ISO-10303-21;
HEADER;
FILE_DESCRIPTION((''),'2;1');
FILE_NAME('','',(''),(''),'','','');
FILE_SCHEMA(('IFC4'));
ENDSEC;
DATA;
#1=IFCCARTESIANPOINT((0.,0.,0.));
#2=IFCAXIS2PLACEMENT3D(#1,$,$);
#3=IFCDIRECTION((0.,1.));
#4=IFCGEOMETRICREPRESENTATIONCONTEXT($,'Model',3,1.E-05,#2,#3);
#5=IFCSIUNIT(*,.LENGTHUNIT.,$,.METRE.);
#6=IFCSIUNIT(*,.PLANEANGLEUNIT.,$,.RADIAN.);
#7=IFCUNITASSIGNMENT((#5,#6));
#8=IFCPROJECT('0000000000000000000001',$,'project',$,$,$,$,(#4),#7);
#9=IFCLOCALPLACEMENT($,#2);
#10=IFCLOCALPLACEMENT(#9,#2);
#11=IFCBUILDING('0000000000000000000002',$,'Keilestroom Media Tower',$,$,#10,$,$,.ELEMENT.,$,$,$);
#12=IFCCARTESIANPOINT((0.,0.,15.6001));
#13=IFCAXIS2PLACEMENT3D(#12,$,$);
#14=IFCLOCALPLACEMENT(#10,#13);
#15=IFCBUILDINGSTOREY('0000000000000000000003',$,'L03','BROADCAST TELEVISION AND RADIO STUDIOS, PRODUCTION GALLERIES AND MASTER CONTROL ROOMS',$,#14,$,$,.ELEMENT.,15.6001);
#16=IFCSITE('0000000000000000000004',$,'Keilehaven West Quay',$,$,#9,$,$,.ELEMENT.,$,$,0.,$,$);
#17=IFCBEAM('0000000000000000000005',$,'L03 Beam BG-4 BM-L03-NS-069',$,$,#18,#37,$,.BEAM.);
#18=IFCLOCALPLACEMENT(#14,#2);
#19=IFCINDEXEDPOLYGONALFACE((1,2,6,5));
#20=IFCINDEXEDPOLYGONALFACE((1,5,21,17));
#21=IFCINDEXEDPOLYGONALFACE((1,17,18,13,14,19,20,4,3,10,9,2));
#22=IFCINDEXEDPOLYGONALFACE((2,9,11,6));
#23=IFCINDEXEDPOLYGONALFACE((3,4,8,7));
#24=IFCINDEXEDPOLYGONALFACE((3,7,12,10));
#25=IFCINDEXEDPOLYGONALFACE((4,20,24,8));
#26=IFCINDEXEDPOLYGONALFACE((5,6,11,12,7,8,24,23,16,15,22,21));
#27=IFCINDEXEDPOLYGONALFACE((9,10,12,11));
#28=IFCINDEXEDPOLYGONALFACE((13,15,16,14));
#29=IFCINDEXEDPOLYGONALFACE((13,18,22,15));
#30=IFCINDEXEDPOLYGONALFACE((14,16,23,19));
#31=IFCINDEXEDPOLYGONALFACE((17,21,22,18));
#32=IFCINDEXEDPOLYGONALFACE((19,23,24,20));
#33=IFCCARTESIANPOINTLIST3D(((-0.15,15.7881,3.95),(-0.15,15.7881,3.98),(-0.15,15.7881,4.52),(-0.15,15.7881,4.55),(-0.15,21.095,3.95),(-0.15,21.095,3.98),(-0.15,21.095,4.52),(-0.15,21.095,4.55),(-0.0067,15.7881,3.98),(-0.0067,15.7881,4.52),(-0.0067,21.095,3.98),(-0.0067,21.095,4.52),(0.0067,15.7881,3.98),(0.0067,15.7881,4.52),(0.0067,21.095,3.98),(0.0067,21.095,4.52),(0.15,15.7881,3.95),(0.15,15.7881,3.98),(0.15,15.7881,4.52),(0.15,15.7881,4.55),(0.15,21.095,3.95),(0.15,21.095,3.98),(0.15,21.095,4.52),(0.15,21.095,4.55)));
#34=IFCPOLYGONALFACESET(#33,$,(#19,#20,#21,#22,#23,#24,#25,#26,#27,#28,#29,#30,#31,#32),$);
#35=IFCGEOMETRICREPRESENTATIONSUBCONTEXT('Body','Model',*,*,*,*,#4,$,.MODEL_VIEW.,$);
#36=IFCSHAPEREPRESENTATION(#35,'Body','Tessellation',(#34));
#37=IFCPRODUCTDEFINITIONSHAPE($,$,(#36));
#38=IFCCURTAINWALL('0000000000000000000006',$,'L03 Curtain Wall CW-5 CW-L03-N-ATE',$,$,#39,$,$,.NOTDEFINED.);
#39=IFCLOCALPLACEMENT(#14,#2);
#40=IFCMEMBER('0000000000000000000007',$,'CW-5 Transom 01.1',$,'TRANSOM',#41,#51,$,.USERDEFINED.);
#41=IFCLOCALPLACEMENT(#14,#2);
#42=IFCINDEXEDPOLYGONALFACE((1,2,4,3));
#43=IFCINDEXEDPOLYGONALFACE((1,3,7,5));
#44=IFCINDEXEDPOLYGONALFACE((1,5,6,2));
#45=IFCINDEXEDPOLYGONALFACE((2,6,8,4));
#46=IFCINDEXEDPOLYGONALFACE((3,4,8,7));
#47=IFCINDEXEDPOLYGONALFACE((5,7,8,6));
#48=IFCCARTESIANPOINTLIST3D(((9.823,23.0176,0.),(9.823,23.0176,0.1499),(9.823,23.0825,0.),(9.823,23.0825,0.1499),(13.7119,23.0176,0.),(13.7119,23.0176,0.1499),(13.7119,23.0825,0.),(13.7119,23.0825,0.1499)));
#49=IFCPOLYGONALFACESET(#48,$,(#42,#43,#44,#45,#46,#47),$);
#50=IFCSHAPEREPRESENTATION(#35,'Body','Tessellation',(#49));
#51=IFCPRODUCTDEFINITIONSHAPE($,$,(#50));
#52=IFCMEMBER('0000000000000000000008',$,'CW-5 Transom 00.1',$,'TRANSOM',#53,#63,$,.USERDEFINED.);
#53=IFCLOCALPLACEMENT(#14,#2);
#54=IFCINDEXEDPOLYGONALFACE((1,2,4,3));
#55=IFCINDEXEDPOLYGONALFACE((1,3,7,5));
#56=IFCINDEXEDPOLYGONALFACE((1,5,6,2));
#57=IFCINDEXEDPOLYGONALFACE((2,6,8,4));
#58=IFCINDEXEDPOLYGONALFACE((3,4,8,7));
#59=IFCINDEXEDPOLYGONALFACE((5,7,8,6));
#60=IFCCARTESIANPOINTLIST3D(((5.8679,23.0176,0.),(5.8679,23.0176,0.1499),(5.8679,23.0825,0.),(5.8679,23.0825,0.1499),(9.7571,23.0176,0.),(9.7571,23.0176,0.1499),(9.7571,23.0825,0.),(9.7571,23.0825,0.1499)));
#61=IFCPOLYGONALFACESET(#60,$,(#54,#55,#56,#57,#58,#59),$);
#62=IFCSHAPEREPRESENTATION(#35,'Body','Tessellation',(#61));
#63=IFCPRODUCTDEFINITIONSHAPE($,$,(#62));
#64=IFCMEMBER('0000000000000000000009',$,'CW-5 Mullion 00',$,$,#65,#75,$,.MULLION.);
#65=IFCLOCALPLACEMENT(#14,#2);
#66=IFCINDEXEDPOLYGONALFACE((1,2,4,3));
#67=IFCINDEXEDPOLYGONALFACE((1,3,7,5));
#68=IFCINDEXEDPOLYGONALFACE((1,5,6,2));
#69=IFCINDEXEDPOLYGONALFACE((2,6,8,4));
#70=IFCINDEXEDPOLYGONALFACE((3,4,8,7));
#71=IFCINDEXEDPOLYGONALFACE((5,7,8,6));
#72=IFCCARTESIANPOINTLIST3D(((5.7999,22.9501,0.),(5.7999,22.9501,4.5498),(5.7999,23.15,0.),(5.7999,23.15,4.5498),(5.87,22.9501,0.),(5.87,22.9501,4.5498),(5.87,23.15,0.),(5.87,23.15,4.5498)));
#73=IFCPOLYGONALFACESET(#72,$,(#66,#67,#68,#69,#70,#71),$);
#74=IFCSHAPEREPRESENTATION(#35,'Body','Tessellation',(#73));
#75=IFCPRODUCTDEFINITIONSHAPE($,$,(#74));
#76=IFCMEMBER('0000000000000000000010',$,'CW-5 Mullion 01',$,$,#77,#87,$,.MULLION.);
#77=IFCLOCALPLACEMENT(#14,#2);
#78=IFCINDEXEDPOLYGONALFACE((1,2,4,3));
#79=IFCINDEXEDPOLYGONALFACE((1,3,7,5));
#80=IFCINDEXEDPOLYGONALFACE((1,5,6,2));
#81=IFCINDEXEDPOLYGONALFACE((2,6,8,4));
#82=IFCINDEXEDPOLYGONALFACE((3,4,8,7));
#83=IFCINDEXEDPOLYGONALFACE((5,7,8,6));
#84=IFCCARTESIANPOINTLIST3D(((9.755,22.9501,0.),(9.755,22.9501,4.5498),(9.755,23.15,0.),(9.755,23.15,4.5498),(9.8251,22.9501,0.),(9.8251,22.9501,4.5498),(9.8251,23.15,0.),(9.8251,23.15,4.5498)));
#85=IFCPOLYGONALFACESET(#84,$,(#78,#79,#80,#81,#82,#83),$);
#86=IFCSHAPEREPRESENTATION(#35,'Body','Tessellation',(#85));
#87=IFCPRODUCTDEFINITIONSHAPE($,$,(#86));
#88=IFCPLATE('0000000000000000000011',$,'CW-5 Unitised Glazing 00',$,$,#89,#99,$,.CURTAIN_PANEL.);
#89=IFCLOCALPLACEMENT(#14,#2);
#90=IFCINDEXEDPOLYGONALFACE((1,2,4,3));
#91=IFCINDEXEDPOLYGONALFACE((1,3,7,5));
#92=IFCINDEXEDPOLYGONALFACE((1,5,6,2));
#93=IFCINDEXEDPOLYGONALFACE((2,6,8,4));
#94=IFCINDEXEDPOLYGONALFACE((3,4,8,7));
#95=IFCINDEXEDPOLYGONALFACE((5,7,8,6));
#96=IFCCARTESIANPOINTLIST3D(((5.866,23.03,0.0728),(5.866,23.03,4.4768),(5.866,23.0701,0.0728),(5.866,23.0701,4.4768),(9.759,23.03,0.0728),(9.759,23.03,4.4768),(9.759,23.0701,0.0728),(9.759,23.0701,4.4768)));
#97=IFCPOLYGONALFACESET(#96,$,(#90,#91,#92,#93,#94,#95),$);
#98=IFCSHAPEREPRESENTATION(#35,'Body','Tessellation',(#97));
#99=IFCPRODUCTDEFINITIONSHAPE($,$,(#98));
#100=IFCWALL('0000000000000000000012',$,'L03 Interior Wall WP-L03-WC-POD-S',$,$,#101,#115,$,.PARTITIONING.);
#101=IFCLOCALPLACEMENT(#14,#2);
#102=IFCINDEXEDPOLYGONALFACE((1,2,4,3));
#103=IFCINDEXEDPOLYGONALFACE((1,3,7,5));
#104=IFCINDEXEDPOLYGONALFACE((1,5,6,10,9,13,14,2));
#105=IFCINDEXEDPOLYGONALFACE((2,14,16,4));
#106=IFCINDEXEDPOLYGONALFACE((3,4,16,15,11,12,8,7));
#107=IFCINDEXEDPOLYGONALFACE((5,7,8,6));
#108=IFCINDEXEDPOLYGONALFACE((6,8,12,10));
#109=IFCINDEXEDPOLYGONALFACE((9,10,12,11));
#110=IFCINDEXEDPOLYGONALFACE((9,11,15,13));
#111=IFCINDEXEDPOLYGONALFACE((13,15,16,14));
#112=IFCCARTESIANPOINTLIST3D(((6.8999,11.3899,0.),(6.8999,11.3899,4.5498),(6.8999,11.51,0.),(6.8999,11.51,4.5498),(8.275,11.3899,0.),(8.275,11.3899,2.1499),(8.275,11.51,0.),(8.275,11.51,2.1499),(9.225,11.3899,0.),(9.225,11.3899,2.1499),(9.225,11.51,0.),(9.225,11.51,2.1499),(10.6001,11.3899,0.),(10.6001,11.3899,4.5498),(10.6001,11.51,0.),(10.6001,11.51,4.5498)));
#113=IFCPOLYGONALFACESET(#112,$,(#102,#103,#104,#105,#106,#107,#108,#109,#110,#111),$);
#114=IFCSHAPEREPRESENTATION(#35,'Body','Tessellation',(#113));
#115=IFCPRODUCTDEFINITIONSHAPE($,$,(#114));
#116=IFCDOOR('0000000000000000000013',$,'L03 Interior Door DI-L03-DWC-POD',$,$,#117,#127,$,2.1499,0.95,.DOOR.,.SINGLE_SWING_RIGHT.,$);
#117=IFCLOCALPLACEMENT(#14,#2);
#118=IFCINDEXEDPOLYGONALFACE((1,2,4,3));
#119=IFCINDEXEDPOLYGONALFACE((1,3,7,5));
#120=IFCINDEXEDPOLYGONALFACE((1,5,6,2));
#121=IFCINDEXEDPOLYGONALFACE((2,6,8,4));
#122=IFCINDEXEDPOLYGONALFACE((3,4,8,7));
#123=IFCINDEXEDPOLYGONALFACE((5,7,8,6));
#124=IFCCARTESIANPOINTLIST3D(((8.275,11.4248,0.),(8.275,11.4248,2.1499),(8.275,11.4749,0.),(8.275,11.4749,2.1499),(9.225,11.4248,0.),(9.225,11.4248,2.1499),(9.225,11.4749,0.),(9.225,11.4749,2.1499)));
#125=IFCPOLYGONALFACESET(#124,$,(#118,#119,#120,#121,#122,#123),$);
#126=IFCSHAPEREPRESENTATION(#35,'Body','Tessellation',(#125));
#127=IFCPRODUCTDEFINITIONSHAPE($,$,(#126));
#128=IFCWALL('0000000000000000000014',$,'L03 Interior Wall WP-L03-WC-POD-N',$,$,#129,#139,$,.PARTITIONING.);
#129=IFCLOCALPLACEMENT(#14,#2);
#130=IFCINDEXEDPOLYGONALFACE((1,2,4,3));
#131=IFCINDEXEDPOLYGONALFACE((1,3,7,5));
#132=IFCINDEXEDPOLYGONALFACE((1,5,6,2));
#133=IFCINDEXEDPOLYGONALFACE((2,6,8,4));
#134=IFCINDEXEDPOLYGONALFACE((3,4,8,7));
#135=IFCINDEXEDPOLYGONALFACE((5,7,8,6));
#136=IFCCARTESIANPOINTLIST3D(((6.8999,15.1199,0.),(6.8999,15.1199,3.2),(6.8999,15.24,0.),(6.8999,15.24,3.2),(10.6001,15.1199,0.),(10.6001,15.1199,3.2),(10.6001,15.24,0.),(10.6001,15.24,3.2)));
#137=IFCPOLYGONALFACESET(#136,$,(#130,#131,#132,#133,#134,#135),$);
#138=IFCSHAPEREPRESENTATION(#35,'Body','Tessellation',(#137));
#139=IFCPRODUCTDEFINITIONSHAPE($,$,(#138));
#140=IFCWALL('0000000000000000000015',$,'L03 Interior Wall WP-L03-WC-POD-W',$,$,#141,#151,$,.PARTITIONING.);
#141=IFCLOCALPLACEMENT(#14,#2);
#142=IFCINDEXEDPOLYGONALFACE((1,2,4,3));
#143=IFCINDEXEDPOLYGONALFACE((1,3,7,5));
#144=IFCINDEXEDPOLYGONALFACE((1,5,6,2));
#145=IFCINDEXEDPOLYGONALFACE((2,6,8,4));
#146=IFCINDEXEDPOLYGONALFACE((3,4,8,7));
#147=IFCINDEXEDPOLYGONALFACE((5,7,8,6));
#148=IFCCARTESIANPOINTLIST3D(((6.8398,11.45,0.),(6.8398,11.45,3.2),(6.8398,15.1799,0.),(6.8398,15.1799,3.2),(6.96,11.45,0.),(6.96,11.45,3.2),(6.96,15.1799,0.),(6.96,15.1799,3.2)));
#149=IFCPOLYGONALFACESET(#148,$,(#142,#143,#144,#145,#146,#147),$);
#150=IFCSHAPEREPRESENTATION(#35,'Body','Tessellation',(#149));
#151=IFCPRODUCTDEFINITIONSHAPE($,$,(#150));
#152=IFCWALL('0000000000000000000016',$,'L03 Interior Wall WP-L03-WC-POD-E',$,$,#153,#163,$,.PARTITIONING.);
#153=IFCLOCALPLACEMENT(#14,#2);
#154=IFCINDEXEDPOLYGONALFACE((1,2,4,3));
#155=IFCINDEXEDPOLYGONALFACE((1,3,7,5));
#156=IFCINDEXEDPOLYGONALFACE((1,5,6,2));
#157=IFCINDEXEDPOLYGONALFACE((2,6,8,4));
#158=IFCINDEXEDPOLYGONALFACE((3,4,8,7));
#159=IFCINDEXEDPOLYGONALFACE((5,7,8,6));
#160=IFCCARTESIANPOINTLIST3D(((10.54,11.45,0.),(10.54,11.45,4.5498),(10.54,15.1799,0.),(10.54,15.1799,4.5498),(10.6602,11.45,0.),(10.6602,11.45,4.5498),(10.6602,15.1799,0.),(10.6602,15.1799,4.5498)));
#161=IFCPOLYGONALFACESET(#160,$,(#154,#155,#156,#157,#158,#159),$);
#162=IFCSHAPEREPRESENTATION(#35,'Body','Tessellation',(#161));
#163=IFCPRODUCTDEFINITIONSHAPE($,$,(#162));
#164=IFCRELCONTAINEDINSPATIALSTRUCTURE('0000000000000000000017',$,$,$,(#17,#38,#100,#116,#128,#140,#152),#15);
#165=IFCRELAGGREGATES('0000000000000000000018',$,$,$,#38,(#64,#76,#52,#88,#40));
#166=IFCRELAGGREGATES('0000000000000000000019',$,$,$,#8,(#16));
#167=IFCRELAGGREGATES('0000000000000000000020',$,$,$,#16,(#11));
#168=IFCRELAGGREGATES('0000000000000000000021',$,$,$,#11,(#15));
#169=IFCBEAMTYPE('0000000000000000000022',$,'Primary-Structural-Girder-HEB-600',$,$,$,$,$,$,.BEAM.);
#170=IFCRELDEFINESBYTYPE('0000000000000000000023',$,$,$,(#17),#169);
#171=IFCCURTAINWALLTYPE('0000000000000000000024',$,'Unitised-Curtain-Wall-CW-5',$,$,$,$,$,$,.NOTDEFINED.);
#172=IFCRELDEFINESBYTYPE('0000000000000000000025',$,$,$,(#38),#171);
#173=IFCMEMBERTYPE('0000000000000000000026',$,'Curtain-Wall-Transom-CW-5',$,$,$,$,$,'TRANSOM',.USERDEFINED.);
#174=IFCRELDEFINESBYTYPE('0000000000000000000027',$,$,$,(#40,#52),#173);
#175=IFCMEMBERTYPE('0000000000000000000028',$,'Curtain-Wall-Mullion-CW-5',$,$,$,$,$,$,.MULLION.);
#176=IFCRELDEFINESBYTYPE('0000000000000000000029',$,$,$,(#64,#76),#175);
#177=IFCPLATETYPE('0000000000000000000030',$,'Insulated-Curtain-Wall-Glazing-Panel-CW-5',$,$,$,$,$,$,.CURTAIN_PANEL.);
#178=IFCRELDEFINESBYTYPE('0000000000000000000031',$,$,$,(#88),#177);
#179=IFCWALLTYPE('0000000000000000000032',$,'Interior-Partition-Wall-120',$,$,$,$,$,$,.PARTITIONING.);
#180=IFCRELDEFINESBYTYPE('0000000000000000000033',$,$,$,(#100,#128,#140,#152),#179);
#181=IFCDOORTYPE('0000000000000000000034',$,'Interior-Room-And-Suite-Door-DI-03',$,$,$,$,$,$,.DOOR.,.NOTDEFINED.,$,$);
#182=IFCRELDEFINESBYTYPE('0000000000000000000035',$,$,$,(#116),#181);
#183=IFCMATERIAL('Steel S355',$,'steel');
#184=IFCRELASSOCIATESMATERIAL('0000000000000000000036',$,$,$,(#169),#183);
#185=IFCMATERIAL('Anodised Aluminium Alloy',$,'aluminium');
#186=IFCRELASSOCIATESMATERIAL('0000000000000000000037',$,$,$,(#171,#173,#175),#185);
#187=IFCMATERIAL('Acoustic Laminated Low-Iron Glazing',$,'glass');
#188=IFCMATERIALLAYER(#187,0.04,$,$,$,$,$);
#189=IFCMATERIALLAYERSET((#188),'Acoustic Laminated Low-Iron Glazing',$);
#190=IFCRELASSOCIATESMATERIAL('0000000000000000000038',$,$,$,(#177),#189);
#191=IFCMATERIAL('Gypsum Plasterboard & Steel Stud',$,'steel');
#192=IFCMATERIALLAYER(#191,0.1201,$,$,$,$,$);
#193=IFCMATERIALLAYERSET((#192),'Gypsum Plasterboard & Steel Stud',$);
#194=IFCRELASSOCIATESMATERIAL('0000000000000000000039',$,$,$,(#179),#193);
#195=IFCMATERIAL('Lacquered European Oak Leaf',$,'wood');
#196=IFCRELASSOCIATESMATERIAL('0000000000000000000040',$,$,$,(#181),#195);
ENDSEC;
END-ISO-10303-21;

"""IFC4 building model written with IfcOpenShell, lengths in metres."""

from ifc_helpers import new_model, si_unit, direction, frame, frame_2d, origin, origin_2d, place, context, subcontext, project, spatial, rectangle, i_section, extrude, source, transform, mapped, material, layer, layer_set, material_profile, profile_set, type_object, element, fill, aggregate, save


model = new_model("IFC4")

# Units and contexts
model_context = context("Model", 3, precision=1e-05, world=origin(), true_north=direction((0.0, 1.0)))
body_context = subcontext(model_context, "Body", "Model", "MODEL_VIEW")
ifc_project = project(units=[si_unit("LENGTHUNIT", "METRE"), si_unit("PLANEANGLEUNIT", "RADIAN")], contexts=[model_context])

# Site, building, storey
site_placement = place(None, origin())
site = spatial("IfcSite", under=ifc_project, at=site_placement, Name="Keilehaven West Quay", CompositionType="ELEMENT", RefElevation=0.0)
building_placement = place(site_placement, origin())
building = spatial("IfcBuilding", under=site, at=building_placement, Name="Keilestroom Media Tower", CompositionType="ELEMENT")
storey_placement = place(building_placement, frame((0.0, 0.0, 15.6001)))
storey = spatial("IfcBuildingStorey", under=building, at=storey_placement, Name="L03", Description="BROADCAST TELEVISION AND RADIO STUDIOS, PRODUCTION GALLERIES AND MASTER CONTROL ROOMS", CompositionType="ELEMENT", Elevation=15.6001)

# Beam
ifc_material_1 = material(Name="Steel S355", Category="steel")
ifc_material_profile_1 = material_profile(ifc_material_1, i_section(OverallWidth=0.3, OverallDepth=0.6001, WebThickness=0.0134, FlangeThickness=0.03, at=origin_2d()), Name="HEB 600")
ifc_profile_set_1 = profile_set([ifc_material_profile_1], Name="Steel S355")
beam_type_1 = type_object("IfcBeamType", Name="Primary-Structural-Girder-HEB-600", PredefinedType="BEAM", material=ifc_profile_set_1)
shared_shape_1 = source(origin(), body_context, "Body", "SweptSolid", [
    extrude(i_section(OverallWidth=0.3, OverallDepth=0.6001, WebThickness=0.0134, FlangeThickness=0.03, at=origin_2d()), origin(), (0.0, 0.0, 1.0), 5.3069),
])
beam_1_placement = place(storey_placement, frame((0.0, 15.7881, 4.25), z_axis=(0.0, 1.0, 0.0), x_axis=(-1.0, 0.0, 0.0)))
element("IfcBeam", 1, at=beam_1_placement, inside=storey, type_object=beam_type_1, Name="L03 Beam BG-4 BM-L03-NS-069", PredefinedType="BEAM", context=body_context, shape_type="MappedRepresentation", body=[
    mapped(shared_shape_1, transform((0.0, 0.0, 0.0), x_axis=(1.0, 0.0, 0.0), y_axis=(0.0, 1.0, 0.0), z_axis=(0.0, 0.0, 1.0), scale=1.0)),
])

# Curtain wall, members, plate
ifc_material_2 = material(Name="Anodised Aluminium Alloy", Category="aluminium")
curtain_wall_type = type_object("IfcCurtainWallType", Name="Unitised-Curtain-Wall-CW-5", PredefinedType="NOTDEFINED", material=ifc_material_2)
curtain_wall_placement = place(storey_placement, origin())
curtain_wall = element("IfcCurtainWall", 2, at=curtain_wall_placement, inside=storey, type_object=curtain_wall_type, Name="L03 Curtain Wall CW-5 CW-L03-N-ATE", PredefinedType="NOTDEFINED")
ifc_material_profile_2 = material_profile(ifc_material_2, rectangle(XDim=0.0649, YDim=0.1499, at=origin_2d()), Name="ALU TRANSOM 65x150")
ifc_profile_set_2 = profile_set([ifc_material_profile_2], Name="Anodised Aluminium Alloy")
member_type_1 = type_object("IfcMemberType", Name="Curtain-Wall-Transom-CW-5", ElementType="TRANSOM", PredefinedType="USERDEFINED", material=ifc_profile_set_2)
shared_shape_2 = source(origin(), body_context, "Body", "SweptSolid", [
    extrude(rectangle(XDim=0.0649, YDim=0.1499, at=origin_2d()), origin(), (0.0, 0.0, 1.0), 3.8889),
])
member_1_placement = place(storey_placement, frame((9.823, 23.05, 0.075), z_axis=(1.0, 0.0, 0.0), x_axis=(0.0, 1.0, 0.0)))
member_1 = element("IfcMember", 3, at=member_1_placement, type_object=member_type_1, Name="CW-5 Transom 01.1", ObjectType="TRANSOM", PredefinedType="USERDEFINED", context=body_context, shape_type="MappedRepresentation", body=[
    mapped(shared_shape_2, transform((0.0, 0.0, 0.0), x_axis=(1.0, 0.0, 0.0), y_axis=(0.0, 1.0, 0.0), z_axis=(0.0, 0.0, 1.0), scale=1.0)),
])
shared_shape_3 = source(origin(), body_context, "Body", "SweptSolid", [
    extrude(rectangle(XDim=0.0649, YDim=0.1499, at=origin_2d()), origin(), (0.0, 0.0, 1.0), 3.8892),
])
member_2_placement = place(storey_placement, frame((5.8679, 23.05, 0.075), z_axis=(1.0, 0.0, 0.0), x_axis=(0.0, 1.0, 0.0)))
member_2 = element("IfcMember", 4, at=member_2_placement, type_object=member_type_1, Name="CW-5 Transom 00.1", ObjectType="TRANSOM", PredefinedType="USERDEFINED", context=body_context, shape_type="MappedRepresentation", body=[
    mapped(shared_shape_3, transform((0.0, 0.0, 0.0), x_axis=(1.0, 0.0, 0.0), y_axis=(0.0, 1.0, 0.0), z_axis=(0.0, 0.0, 1.0), scale=1.0)),
])
ifc_material_profile_3 = material_profile(ifc_material_2, rectangle(XDim=0.0701, YDim=0.2, at=origin_2d()), Name="ALU MULLION 70x200")
ifc_profile_set_3 = profile_set([ifc_material_profile_3], Name="Anodised Aluminium Alloy")
member_type_2 = type_object("IfcMemberType", Name="Curtain-Wall-Mullion-CW-5", PredefinedType="MULLION", material=ifc_profile_set_3)
shared_shape_4 = source(origin(), body_context, "Body", "SweptSolid", [
    extrude(rectangle(XDim=0.0701, YDim=0.2, at=origin_2d()), origin(), (0.0, 0.0, 1.0), 4.5498),
])
member_3_placement = place(storey_placement, frame((5.835, 23.05, 0.0), z_axis=(0.0, 0.0, 1.0), x_axis=(1.0, 0.0, 0.0)))
member_3 = element("IfcMember", 5, at=member_3_placement, type_object=member_type_2, Name="CW-5 Mullion 00", PredefinedType="MULLION", context=body_context, shape_type="MappedRepresentation", body=[
    mapped(shared_shape_4, transform((0.0, 0.0, 0.0), x_axis=(1.0, 0.0, 0.0), y_axis=(0.0, 1.0, 0.0), z_axis=(0.0, 0.0, 1.0), scale=1.0)),
])
member_4_placement = place(storey_placement, frame((9.79, 23.05, 0.0), z_axis=(0.0, 0.0, 1.0), x_axis=(1.0, 0.0, 0.0)))
member_4 = element("IfcMember", 6, at=member_4_placement, type_object=member_type_2, Name="CW-5 Mullion 01", PredefinedType="MULLION", context=body_context, shape_type="MappedRepresentation", body=[
    mapped(shared_shape_4, transform((0.0, 0.0, 0.0), x_axis=(1.0, 0.0, 0.0), y_axis=(0.0, 1.0, 0.0), z_axis=(0.0, 0.0, 1.0), scale=1.0)),
])
ifc_material_3 = material(Name="Acoustic Laminated Low-Iron Glazing", Category="glass")
ifc_layer_1 = layer(ifc_material_3, 0.04)
ifc_layer_set_1 = layer_set([ifc_layer_1], Name="Acoustic Laminated Low-Iron Glazing")
plate_type = type_object("IfcPlateType", Name="Insulated-Curtain-Wall-Glazing-Panel-CW-5", PredefinedType="CURTAIN_PANEL", material=ifc_layer_set_1)
shared_shape_5 = source(origin(), body_context, "Body", "SweptSolid", [
    extrude(rectangle(XDim=3.8931, YDim=0.04, at=origin_2d()), origin(), (0.0, 0.0, 1.0), 4.4041),
])
plate_placement = place(storey_placement, frame((7.8125, 23.05, 0.0728), z_axis=(0.0, 0.0, 1.0), x_axis=(1.0, 0.0, 0.0)))
plate = element("IfcPlate", 7, at=plate_placement, type_object=plate_type, Name="CW-5 Unitised Glazing 00", PredefinedType="CURTAIN_PANEL", context=body_context, shape_type="MappedRepresentation", body=[
    mapped(shared_shape_5, transform((0.0, 0.0, 0.0), x_axis=(1.0, 0.0, 0.0), y_axis=(0.0, 1.0, 0.0), z_axis=(0.0, 0.0, 1.0), scale=1.0)),
])
aggregate(curtain_wall, [member_3, member_4, member_2, plate, member_1])

# Wall, opening, door
ifc_material_4 = material(Name="Gypsum Plasterboard & Steel Stud", Category="steel")
ifc_layer_2 = layer(ifc_material_4, 0.1201)
ifc_layer_set_2 = layer_set([ifc_layer_2], Name="Gypsum Plasterboard & Steel Stud")
wall_type_1 = type_object("IfcWallType", Name="Interior-Partition-Wall-120", PredefinedType="PARTITIONING", material=ifc_layer_set_2)
wall_1_placement = place(storey_placement, frame((6.8999, 11.45, 0.0), z_axis=(0.0, 0.0, 1.0), x_axis=(1.0, 0.0, 0.0)))
wall_1 = element("IfcWall", 8, at=wall_1_placement, inside=storey, type_object=wall_type_1, Name="L03 Interior Wall WP-L03-WC-POD-S", PredefinedType="PARTITIONING", context=body_context, shape_type="SweptSolid", body=[
    extrude(rectangle(XDim=3.7002, YDim=0.1201, at=frame_2d((1.8501, 0.0))), origin(), (0.0, 0.0, 1.0), 4.5498),
])
opening_placement = place(wall_1_placement, frame((1.375, 0.0, 0.0)))
opening = element("IfcOpeningElement", 9, at=opening_placement, cuts=wall_1, PredefinedType="OPENING", context=body_context, shape_type="SweptSolid", body=[
    extrude(rectangle(XDim=0.95, YDim=2.1499, at=frame_2d((0.4751, 1.075))), frame((0.0, 0.0701, 0.0), z_axis=(0.0, -1.0, 0.0), x_axis=(1.0, 0.0, 0.0)), (0.0, 0.0, 1.0), 0.1401),
])
ifc_material_5 = material(Name="Lacquered European Oak Leaf", Category="wood")
door_type = type_object("IfcDoorType", Name="Interior-Room-And-Suite-Door-DI-03", OperationType="NOTDEFINED", PredefinedType="DOOR", material=ifc_material_5)
shared_shape_6 = source(origin(), body_context, "Body", "SweptSolid", [
    extrude(rectangle(XDim=0.95, YDim=2.1499, at=frame_2d((0.4751, 1.075))), frame((0.0, 0.0249, 0.0), z_axis=(0.0, -1.0, 0.0), x_axis=(1.0, 0.0, 0.0)), (0.0, 0.0, 1.0), 0.05),
])
door_placement = place(opening_placement, origin())
door = element("IfcDoor", 10, at=door_placement, inside=storey, type_object=door_type, Name="L03 Interior Door DI-L03-DWC-POD", OperationType="SINGLE_SWING_RIGHT", OverallHeight=2.1499, OverallWidth=0.95, PredefinedType="DOOR", context=body_context, shape_type="MappedRepresentation", body=[
    mapped(shared_shape_6, transform((0.0, 0.0, 0.0), x_axis=(1.0, 0.0, 0.0), y_axis=(0.0, 1.0, 0.0), z_axis=(0.0, 0.0, 1.0), scale=1.0)),
])
fill(opening, door)

# Walls
wall_2_placement = place(storey_placement, frame((6.8999, 15.1799, 0.0), z_axis=(0.0, 0.0, 1.0), x_axis=(1.0, 0.0, 0.0)))
element("IfcWall", 11, at=wall_2_placement, inside=storey, type_object=wall_type_1, Name="L03 Interior Wall WP-L03-WC-POD-N", PredefinedType="PARTITIONING", context=body_context, shape_type="SweptSolid", body=[
    extrude(rectangle(XDim=3.7002, YDim=0.1201, at=frame_2d((1.8501, 0.0))), origin(), (0.0, 0.0, 1.0), 3.2),
])
wall_3_placement = place(storey_placement, frame((6.8999, 11.45, 0.0), z_axis=(0.0, 0.0, 1.0), x_axis=(0.0, 1.0, 0.0)))
element("IfcWall", 12, at=wall_3_placement, inside=storey, type_object=wall_type_1, Name="L03 Interior Wall WP-L03-WC-POD-W", PredefinedType="PARTITIONING", context=body_context, shape_type="SweptSolid", body=[
    extrude(rectangle(XDim=3.73, YDim=0.1201, at=frame_2d((1.865, 0.0))), origin(), (0.0, 0.0, 1.0), 3.2),
])
wall_4_placement = place(storey_placement, frame((10.6001, 11.45, 0.0), z_axis=(0.0, 0.0, 1.0), x_axis=(0.0, 1.0, 0.0)))
element("IfcWall", 13, at=wall_4_placement, inside=storey, type_object=wall_type_1, Name="L03 Interior Wall WP-L03-WC-POD-E", PredefinedType="PARTITIONING", context=body_context, shape_type="SweptSolid", body=[
    extrude(rectangle(XDim=3.73, YDim=0.1201, at=frame_2d((1.865, 0.0))), origin(), (0.0, 0.0, 1.0), 4.5498),
])

save(model, "model.ifc")
